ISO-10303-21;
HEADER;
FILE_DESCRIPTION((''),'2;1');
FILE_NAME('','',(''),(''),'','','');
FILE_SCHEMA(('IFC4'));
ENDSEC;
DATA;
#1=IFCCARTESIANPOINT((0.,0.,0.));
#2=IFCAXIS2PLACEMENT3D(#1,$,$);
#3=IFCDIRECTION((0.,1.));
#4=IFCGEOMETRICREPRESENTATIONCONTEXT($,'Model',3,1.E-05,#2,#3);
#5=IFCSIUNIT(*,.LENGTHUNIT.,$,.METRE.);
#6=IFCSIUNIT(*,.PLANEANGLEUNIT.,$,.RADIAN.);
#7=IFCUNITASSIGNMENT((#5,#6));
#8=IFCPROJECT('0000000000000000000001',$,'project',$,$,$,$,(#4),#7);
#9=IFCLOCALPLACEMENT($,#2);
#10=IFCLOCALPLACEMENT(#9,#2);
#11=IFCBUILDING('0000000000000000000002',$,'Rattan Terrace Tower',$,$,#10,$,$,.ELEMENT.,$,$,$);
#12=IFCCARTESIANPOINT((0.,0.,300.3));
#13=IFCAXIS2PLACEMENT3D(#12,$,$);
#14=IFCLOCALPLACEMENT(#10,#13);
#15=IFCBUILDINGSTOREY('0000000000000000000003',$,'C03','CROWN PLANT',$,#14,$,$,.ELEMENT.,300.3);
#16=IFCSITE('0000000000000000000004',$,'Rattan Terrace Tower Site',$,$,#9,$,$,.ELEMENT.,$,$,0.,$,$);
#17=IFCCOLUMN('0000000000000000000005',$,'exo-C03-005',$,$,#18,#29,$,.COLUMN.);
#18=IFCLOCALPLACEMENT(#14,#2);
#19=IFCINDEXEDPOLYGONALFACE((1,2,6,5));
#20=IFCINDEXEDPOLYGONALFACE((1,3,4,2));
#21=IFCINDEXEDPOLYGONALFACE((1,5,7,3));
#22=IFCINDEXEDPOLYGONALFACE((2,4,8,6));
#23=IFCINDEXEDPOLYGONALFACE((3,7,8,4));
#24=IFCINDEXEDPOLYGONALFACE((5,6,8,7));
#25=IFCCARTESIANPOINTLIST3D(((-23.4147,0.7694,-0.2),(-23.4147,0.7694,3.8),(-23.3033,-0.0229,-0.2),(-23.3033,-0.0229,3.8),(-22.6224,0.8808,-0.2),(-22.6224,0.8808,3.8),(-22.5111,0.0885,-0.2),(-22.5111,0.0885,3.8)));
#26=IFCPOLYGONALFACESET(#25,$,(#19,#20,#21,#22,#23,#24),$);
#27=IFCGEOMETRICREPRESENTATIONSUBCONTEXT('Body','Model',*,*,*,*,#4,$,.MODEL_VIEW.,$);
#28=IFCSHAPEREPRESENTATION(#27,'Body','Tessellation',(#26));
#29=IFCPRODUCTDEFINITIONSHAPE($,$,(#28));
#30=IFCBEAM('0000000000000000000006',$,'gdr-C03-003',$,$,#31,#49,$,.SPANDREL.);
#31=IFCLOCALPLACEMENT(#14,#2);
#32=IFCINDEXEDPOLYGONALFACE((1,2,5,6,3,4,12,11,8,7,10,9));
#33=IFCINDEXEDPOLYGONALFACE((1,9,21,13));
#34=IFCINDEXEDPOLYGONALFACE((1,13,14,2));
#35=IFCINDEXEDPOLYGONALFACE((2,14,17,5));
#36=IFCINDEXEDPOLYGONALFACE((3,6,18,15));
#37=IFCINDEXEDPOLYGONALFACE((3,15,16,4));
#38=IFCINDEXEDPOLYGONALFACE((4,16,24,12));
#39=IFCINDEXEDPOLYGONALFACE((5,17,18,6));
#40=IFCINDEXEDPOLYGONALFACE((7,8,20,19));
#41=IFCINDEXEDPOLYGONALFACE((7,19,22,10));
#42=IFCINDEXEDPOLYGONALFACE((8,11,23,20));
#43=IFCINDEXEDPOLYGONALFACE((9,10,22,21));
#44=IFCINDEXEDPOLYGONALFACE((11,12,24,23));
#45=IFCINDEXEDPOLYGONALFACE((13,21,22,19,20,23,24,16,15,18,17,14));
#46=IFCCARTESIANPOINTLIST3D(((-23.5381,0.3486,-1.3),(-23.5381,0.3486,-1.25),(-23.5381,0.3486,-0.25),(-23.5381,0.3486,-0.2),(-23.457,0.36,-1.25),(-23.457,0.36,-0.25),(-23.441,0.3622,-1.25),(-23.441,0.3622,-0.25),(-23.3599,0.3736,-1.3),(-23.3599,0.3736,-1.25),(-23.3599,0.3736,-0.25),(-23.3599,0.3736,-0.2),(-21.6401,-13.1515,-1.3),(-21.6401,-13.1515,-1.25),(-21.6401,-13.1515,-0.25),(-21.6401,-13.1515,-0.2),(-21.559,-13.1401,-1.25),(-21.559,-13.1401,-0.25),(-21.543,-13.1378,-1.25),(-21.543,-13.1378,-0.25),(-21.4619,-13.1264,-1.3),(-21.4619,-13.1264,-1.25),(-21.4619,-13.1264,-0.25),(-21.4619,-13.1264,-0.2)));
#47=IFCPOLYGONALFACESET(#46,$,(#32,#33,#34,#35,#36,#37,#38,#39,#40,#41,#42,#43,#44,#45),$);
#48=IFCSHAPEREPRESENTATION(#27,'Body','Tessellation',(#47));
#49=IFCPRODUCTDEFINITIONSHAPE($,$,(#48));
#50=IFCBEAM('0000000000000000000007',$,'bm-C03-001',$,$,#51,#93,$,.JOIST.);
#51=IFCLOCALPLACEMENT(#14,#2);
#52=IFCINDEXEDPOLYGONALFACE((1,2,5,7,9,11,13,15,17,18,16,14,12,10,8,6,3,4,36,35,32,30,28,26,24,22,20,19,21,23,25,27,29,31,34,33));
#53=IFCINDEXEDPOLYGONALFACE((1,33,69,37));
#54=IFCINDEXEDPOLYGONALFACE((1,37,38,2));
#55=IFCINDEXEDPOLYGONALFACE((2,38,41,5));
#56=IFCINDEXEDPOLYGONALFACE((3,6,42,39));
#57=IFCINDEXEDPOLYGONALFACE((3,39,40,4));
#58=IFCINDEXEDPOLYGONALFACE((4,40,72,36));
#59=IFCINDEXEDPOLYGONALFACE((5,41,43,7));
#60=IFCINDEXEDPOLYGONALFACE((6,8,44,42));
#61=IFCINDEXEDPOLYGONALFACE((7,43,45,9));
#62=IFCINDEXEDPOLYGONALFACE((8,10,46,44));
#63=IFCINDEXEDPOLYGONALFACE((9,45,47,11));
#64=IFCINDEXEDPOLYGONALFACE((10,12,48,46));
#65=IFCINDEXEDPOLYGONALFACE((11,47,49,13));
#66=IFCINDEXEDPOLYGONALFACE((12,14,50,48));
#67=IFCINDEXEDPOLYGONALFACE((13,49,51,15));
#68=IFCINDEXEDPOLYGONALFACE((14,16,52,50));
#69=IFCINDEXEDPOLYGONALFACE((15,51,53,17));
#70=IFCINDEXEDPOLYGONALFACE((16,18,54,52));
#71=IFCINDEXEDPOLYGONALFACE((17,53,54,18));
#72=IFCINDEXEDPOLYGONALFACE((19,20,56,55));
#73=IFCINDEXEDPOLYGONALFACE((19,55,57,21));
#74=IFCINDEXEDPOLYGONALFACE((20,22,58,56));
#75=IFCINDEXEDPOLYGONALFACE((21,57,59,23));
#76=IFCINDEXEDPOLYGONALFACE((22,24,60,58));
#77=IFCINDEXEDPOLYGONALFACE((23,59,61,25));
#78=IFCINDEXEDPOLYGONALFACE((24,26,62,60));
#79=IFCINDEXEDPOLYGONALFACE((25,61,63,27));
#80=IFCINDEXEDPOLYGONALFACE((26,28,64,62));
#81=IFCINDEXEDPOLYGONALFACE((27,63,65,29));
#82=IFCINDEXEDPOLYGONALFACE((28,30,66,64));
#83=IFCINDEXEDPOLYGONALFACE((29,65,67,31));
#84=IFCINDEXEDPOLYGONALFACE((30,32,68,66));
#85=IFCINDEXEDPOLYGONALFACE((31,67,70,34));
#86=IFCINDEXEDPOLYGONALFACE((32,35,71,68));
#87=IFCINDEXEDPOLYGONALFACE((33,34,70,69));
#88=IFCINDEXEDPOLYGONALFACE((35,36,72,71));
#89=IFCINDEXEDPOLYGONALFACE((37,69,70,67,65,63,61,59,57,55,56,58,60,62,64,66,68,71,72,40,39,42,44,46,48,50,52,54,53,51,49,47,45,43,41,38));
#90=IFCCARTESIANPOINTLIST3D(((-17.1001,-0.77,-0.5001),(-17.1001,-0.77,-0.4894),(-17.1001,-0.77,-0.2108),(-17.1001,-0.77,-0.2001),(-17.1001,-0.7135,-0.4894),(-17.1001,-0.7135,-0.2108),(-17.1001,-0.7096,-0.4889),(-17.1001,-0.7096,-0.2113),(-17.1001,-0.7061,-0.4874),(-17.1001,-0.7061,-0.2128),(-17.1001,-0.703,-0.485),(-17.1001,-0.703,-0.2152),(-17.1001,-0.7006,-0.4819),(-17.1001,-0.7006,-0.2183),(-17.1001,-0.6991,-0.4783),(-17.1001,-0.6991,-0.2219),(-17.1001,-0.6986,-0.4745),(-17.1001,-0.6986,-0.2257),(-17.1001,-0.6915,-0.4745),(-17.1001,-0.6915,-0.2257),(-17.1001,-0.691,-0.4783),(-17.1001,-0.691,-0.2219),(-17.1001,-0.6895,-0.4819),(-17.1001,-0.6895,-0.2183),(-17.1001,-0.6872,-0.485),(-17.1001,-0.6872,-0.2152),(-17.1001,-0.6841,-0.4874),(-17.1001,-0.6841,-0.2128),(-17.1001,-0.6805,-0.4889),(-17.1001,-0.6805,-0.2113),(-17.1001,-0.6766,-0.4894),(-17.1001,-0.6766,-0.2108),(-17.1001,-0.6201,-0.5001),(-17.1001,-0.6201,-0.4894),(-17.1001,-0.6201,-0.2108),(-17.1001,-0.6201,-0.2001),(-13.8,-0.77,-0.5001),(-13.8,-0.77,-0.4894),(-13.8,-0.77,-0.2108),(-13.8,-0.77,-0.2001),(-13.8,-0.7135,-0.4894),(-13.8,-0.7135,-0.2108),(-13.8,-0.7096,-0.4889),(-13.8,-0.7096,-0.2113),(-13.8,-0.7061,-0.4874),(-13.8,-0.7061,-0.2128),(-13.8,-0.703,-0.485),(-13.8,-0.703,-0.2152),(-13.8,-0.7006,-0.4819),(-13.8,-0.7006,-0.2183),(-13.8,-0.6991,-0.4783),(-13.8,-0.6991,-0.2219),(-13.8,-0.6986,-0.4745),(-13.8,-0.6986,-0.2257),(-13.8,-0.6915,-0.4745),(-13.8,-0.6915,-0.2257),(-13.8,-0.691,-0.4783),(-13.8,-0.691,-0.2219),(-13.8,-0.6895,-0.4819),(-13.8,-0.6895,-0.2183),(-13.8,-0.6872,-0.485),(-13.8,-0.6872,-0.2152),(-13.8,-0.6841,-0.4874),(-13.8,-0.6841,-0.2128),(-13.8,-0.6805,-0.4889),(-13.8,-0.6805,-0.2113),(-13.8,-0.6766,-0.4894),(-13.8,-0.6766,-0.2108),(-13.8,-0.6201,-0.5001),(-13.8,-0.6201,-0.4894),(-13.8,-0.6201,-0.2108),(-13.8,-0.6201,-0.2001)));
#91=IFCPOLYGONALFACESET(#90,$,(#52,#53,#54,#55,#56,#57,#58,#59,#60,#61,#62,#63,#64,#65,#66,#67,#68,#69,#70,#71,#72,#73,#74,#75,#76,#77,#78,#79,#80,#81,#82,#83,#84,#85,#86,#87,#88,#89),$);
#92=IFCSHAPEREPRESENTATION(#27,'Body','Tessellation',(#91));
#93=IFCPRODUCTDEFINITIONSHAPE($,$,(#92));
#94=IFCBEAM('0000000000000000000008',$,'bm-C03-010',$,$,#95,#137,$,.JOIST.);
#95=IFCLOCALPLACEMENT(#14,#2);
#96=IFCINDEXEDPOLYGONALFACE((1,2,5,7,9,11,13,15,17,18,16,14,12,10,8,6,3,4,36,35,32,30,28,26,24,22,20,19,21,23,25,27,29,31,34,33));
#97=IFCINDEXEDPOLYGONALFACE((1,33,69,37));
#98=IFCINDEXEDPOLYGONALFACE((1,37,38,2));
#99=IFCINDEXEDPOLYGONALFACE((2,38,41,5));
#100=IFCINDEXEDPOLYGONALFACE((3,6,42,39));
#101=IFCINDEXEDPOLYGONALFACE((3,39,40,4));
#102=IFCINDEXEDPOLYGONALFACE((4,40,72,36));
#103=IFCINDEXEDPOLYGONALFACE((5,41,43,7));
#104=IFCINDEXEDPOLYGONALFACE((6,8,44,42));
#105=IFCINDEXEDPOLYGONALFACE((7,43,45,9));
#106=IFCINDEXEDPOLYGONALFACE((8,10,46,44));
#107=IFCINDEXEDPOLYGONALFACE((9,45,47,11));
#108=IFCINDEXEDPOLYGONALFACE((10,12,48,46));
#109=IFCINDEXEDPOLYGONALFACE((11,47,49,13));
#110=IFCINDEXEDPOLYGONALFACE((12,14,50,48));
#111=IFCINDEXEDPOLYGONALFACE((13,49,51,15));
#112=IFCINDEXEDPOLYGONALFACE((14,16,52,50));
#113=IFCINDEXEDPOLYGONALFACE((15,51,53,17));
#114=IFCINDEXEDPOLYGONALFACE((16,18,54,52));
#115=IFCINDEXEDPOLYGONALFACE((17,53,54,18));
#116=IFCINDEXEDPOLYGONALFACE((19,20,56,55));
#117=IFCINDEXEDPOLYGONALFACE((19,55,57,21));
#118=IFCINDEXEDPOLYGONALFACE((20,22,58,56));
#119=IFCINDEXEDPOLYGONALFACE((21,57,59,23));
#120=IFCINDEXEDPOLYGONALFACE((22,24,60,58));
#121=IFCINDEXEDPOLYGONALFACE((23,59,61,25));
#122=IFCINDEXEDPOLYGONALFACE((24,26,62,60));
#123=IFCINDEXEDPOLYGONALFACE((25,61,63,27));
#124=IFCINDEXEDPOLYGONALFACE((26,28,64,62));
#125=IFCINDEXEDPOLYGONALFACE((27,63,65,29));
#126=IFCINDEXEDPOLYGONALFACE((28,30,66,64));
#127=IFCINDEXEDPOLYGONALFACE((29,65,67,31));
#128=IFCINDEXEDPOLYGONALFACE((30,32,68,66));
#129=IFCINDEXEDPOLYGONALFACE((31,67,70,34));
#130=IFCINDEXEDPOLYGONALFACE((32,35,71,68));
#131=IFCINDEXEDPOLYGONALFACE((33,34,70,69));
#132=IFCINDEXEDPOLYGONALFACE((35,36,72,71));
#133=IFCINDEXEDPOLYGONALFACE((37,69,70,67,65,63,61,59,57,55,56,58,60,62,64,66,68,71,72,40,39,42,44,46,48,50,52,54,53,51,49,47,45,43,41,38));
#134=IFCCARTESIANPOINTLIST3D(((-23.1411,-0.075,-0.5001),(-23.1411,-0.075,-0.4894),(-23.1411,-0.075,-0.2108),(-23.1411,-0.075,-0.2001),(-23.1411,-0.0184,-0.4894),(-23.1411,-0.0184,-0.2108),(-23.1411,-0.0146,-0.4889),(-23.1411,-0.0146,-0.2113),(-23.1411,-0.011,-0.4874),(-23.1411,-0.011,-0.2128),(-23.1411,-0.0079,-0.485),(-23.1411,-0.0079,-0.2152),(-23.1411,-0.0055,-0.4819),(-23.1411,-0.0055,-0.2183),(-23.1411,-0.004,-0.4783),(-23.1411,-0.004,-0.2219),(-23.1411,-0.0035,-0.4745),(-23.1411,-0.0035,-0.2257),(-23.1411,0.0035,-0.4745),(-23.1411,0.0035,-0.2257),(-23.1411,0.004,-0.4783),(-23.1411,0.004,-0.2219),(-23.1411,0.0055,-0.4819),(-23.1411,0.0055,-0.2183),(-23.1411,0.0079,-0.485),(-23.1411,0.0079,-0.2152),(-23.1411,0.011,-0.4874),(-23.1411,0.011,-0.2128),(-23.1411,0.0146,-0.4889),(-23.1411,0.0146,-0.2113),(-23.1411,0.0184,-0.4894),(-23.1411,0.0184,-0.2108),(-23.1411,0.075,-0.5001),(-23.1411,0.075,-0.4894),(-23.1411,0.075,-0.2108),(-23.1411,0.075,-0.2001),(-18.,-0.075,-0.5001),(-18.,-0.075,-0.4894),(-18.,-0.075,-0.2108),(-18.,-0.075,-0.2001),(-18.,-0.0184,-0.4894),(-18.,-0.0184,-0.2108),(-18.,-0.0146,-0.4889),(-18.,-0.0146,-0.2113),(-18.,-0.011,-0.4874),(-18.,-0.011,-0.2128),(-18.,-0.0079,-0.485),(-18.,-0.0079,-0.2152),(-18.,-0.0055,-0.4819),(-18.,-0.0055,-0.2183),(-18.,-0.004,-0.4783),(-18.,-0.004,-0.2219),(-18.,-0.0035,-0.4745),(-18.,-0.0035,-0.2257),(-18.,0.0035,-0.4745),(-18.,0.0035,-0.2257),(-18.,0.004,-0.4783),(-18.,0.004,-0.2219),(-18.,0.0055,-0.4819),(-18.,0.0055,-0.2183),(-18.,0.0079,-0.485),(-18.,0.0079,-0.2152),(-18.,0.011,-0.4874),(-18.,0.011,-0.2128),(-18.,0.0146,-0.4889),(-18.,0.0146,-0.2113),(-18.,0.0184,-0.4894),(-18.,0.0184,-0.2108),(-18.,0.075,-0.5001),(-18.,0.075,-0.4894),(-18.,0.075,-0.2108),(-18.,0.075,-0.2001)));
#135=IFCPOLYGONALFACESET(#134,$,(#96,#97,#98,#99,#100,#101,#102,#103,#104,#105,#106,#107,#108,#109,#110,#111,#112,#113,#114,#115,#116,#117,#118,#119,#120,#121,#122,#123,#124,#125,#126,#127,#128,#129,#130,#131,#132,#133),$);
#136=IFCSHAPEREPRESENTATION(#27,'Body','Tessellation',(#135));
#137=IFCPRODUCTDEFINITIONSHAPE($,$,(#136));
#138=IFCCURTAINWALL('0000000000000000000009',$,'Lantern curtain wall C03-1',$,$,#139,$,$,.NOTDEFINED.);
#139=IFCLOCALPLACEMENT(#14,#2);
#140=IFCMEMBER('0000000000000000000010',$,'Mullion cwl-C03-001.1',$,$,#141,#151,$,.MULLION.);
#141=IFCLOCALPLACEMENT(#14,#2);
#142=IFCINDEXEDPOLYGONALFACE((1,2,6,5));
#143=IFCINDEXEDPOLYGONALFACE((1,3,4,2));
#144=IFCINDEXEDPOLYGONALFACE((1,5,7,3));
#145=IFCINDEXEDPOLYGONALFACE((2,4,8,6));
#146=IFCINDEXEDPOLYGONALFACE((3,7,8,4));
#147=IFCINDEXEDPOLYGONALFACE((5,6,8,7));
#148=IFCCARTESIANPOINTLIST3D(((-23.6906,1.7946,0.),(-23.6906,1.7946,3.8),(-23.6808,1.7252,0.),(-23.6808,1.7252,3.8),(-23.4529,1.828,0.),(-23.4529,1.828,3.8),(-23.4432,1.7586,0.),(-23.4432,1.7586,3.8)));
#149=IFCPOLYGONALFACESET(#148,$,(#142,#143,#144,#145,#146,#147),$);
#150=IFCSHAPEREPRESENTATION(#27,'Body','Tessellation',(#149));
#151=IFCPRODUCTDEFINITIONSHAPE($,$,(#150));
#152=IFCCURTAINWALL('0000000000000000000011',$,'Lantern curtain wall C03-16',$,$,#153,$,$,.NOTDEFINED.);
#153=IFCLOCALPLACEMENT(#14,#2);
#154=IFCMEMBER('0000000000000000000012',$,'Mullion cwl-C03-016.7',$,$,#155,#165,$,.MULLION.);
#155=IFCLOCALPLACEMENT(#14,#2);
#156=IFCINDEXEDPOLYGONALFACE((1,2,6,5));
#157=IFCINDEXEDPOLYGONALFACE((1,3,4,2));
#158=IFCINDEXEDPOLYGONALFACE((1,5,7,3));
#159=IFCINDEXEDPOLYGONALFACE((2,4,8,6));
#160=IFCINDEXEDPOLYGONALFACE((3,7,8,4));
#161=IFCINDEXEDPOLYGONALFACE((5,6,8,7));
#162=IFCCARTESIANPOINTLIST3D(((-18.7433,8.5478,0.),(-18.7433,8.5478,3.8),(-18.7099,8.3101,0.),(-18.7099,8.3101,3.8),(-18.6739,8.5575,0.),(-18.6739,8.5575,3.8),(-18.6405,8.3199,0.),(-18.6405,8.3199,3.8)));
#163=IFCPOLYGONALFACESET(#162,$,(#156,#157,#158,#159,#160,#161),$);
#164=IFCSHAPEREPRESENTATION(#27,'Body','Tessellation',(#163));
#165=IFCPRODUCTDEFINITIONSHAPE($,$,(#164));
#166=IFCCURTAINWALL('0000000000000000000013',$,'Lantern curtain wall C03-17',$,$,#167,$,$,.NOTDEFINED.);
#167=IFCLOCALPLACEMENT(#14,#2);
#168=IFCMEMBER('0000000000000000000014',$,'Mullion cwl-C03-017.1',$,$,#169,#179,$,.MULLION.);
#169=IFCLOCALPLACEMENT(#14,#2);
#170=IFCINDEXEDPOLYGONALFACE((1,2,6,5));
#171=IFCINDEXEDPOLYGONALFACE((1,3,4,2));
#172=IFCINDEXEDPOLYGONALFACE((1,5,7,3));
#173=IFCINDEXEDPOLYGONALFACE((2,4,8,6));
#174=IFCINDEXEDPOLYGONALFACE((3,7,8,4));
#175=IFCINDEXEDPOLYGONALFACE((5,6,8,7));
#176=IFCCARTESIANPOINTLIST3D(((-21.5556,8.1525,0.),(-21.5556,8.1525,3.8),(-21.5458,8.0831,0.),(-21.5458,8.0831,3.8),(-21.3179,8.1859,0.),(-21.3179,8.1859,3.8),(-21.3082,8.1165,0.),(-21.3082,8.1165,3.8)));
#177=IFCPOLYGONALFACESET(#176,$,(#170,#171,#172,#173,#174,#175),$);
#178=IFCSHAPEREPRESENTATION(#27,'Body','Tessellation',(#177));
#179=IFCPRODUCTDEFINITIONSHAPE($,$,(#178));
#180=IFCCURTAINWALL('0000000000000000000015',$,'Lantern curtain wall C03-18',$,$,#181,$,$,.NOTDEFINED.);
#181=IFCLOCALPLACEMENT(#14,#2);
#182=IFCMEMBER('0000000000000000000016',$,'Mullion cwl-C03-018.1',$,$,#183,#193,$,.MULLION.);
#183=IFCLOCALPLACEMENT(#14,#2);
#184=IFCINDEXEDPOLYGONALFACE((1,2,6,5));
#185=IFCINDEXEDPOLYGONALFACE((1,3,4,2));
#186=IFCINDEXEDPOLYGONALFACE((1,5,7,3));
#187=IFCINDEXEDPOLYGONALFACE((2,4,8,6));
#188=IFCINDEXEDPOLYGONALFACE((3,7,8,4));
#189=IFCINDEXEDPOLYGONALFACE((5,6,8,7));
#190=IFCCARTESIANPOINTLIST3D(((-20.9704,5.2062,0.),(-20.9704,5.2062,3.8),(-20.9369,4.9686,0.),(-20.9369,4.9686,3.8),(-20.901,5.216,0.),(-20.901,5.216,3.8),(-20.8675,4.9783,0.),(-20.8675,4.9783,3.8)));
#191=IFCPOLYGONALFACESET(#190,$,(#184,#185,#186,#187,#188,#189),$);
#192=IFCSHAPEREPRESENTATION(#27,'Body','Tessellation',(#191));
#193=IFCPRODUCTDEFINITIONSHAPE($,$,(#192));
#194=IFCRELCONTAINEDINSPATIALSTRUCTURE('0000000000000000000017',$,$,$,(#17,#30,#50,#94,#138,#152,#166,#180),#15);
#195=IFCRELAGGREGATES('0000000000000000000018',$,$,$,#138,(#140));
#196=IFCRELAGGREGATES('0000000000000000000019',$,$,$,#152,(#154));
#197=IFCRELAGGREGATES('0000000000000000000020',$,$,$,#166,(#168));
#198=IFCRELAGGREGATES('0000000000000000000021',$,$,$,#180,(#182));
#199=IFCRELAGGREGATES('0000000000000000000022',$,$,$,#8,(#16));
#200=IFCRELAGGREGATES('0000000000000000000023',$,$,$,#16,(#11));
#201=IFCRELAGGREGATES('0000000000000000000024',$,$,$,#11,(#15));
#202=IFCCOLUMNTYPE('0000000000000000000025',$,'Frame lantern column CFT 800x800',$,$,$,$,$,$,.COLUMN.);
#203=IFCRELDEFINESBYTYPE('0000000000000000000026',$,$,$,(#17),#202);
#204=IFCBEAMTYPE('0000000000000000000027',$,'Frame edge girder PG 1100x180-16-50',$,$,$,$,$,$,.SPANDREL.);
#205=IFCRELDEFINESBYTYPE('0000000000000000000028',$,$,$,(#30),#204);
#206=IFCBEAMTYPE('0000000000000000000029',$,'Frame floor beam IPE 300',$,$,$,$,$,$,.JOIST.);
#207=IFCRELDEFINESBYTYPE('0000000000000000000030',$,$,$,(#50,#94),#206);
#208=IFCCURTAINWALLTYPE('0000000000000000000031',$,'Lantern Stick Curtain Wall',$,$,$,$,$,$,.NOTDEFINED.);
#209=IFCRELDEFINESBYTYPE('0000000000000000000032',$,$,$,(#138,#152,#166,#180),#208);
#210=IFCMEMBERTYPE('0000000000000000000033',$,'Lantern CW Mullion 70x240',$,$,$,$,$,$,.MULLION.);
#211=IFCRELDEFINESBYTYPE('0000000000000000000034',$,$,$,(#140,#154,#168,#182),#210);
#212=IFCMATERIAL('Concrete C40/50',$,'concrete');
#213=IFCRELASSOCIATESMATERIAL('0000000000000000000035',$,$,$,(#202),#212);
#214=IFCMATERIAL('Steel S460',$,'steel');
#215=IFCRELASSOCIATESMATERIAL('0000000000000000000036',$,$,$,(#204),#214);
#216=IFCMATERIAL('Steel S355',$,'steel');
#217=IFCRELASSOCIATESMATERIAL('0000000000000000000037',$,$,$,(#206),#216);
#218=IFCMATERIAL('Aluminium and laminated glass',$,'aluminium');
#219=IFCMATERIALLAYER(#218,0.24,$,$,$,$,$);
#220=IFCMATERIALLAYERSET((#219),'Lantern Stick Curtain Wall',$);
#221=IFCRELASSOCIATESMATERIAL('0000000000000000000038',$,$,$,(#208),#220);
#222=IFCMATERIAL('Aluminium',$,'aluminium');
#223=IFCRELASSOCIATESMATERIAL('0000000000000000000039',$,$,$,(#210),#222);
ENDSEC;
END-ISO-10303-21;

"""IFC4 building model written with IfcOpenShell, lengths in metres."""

from ifc_helpers import new_model, si_unit, direction, frame, origin, origin_2d, place, context, subcontext, project, spatial, rectangle, i_section, extrude, material, layer, layer_set, material_profile, profile_set, type_object, element, aggregate, save


model = new_model("IFC4")

# Units and contexts
model_context = context("Model", 3, precision=1e-05, world=origin(), true_north=direction((0.0, 1.0)))
body_context = subcontext(model_context, "Body", "Model", "MODEL_VIEW")
ifc_project = project(units=[si_unit("LENGTHUNIT", "METRE"), si_unit("PLANEANGLEUNIT", "RADIAN")], contexts=[model_context])

# Site, building, storey
site_placement = place(None, origin())
site = spatial("IfcSite", under=ifc_project, at=site_placement, Name="Rattan Terrace Tower Site", CompositionType="ELEMENT", RefElevation=0.0)
building_placement = place(site_placement, origin())
building = spatial("IfcBuilding", under=site, at=building_placement, Name="Rattan Terrace Tower", CompositionType="ELEMENT")
storey_placement = place(building_placement, frame((0.0, 0.0, 300.3)))
storey = spatial("IfcBuildingStorey", under=building, at=storey_placement, Name="C03", Description="CROWN PLANT", CompositionType="ELEMENT", Elevation=300.3)

# Column
ifc_material_1 = material(Name="Concrete C40/50", Category="concrete")
ifc_material_profile_1 = material_profile(ifc_material_1, rectangle(XDim=0.8, YDim=0.8, at=origin_2d()), Name="CFT 800x800")
ifc_profile_set_1 = profile_set([ifc_material_profile_1], Name="Concrete C40/50")
column_type = type_object("IfcColumnType", Name="Frame lantern column CFT 800x800", PredefinedType="COLUMN", material=ifc_profile_set_1)
column_placement = place(storey_placement, frame((-22.9629, 0.429, -0.2), z_axis=(0.0, 0.0, 1.0), x_axis=(-0.13919, 0.990266, 0.0)))
element("IfcColumn", 1, at=column_placement, inside=storey, type_object=column_type, Name="exo-C03-005", PredefinedType="COLUMN", context=body_context, shape_type="SweptSolid", body=[
    extrude(rectangle(XDim=0.8, YDim=0.8, at=origin_2d()), origin(), (0.0, 0.0, 1.0), 4.0),
])

# Beams
ifc_material_2 = material(Name="Steel S460", Category="steel")
ifc_material_profile_2 = material_profile(ifc_material_2, i_section(OverallWidth=0.1799, OverallDepth=1.1001, WebThickness=0.0161, FlangeThickness=0.05, at=origin_2d()), Name="PG 1100x180-16-50")
ifc_profile_set_2 = profile_set([ifc_material_profile_2], Name="Steel S460")
beam_type_1 = type_object("IfcBeamType", Name="Frame edge girder PG 1100x180-16-50", PredefinedType="SPANDREL", material=ifc_profile_set_2)
beam_1_placement = place(storey_placement, frame((-23.449, 0.3611, -0.75), z_axis=(0.13922, -0.990262, 0.0), x_axis=(0.990262, 0.13922, 0.0)))
element("IfcBeam", 2, at=beam_1_placement, inside=storey, type_object=beam_type_1, Name="gdr-C03-003", PredefinedType="SPANDREL", context=body_context, shape_type="SweptSolid", body=[
    extrude(i_section(OverallWidth=0.1799, OverallDepth=1.1001, WebThickness=0.0161, FlangeThickness=0.05, at=origin_2d()), origin(), (0.0, 0.0, 1.0), 13.6328),
])
ifc_material_3 = material(Name="Steel S355", Category="steel")
ifc_material_profile_3 = material_profile(ifc_material_3, i_section(OverallWidth=0.1499, OverallDepth=0.3, WebThickness=0.0071, FlangeThickness=0.0107, FilletRadius=0.0149, at=origin_2d()), Name="IPE 300")
ifc_profile_set_3 = profile_set([ifc_material_profile_3], Name="Steel S355")
beam_type_2 = type_object("IfcBeamType", Name="Frame floor beam IPE 300", PredefinedType="JOIST", material=ifc_profile_set_3)
beam_2_placement = place(storey_placement, frame((-17.1001, -0.6951, -0.3501), z_axis=(1.0, 0.0, 0.0), x_axis=(0.0, 1.0, 0.0)))
element("IfcBeam", 3, at=beam_2_placement, inside=storey, type_object=beam_type_2, Name="bm-C03-001", PredefinedType="JOIST", context=body_context, shape_type="SweptSolid", body=[
    extrude(i_section(OverallWidth=0.1499, OverallDepth=0.3, WebThickness=0.0071, FlangeThickness=0.0107, FilletRadius=0.0149, at=origin_2d()), origin(), (0.0, 0.0, 1.0), 3.3),
])
beam_3_placement = place(storey_placement, frame((-23.1411, 0.0, -0.3501), z_axis=(1.0, 0.0, 0.0), x_axis=(0.0, 1.0, 0.0)))
element("IfcBeam", 4, at=beam_3_placement, inside=storey, type_object=beam_type_2, Name="bm-C03-010", PredefinedType="JOIST", context=body_context, shape_type="SweptSolid", body=[
    extrude(i_section(OverallWidth=0.1499, OverallDepth=0.3, WebThickness=0.0071, FlangeThickness=0.0107, FilletRadius=0.0149, at=origin_2d()), origin(), (0.0, 0.0, 1.0), 5.1411),
])

# Curtain walls, members
ifc_material_4 = material(Name="Aluminium and laminated glass", Category="aluminium")
ifc_layer_1 = layer(ifc_material_4, 0.24)
ifc_layer_set_1 = layer_set([ifc_layer_1], Name="Lantern Stick Curtain Wall")
curtain_wall_type = type_object("IfcCurtainWallType", Name="Lantern Stick Curtain Wall", PredefinedType="NOTDEFINED", material=ifc_layer_set_1)
curtain_wall_1_placement = place(storey_placement, origin())
curtain_wall_1 = element("IfcCurtainWall", 5, at=curtain_wall_1_placement, inside=storey, type_object=curtain_wall_type, Name="Lantern curtain wall C03-1", PredefinedType="NOTDEFINED")
ifc_material_5 = material(Name="Aluminium", Category="aluminium")
ifc_material_profile_4 = material_profile(ifc_material_5, rectangle(XDim=0.0701, YDim=0.24, at=origin_2d()), Name="Aluminium 70x240")
ifc_profile_set_4 = profile_set([ifc_material_profile_4], Name="Aluminium")
member_type_1 = type_object("IfcMemberType", Name="Lantern CW Mullion 70x240", PredefinedType="MULLION", material=ifc_profile_set_4)
member_1_placement = place(storey_placement, frame((-23.5669, 1.7766, 0.0), z_axis=(0.0, 0.0, 1.0), x_axis=(0.139188, -0.990266, 0.0)))
member_1 = element("IfcMember", 6, at=member_1_placement, type_object=member_type_1, Name="Mullion cwl-C03-001.1", PredefinedType="MULLION", context=body_context, shape_type="SweptSolid", body=[
    extrude(rectangle(XDim=0.0701, YDim=0.24, at=origin_2d()), origin(), (0.0, 0.0, 1.0), 3.8),
])
curtain_wall_2_placement = place(storey_placement, origin())
curtain_wall_2 = element("IfcCurtainWall", 7, at=curtain_wall_2_placement, inside=storey, type_object=curtain_wall_type, Name="Lantern curtain wall C03-16", PredefinedType="NOTDEFINED")
member_2_placement = place(storey_placement, frame((-18.6919, 8.4338, 0.0), z_axis=(0.0, 0.0, 1.0), x_axis=(-0.990267, -0.139181, 0.0)))
member_2 = element("IfcMember", 8, at=member_2_placement, type_object=member_type_1, Name="Mullion cwl-C03-016.7", PredefinedType="MULLION", context=body_context, shape_type="SweptSolid", body=[
    extrude(rectangle(XDim=0.0701, YDim=0.24, at=origin_2d()), origin(), (0.0, 0.0, 1.0), 3.8),
])
curtain_wall_3_placement = place(storey_placement, origin())
curtain_wall_3 = element("IfcCurtainWall", 9, at=curtain_wall_3_placement, inside=storey, type_object=curtain_wall_type, Name="Lantern curtain wall C03-17", PredefinedType="NOTDEFINED")
member_3_placement = place(storey_placement, frame((-21.4319, 8.1345, 0.0), z_axis=(0.0, 0.0, 1.0), x_axis=(0.13904, -0.990287, 0.0)))
member_3 = element("IfcMember", 10, at=member_3_placement, type_object=member_type_1, Name="Mullion cwl-C03-017.1", PredefinedType="MULLION", context=body_context, shape_type="SweptSolid", body=[
    extrude(rectangle(XDim=0.0701, YDim=0.24, at=origin_2d()), origin(), (0.0, 0.0, 1.0), 3.8),
])
curtain_wall_4_placement = place(storey_placement, origin())
curtain_wall_4 = element("IfcCurtainWall", 11, at=curtain_wall_4_placement, inside=storey, type_object=curtain_wall_type, Name="Lantern curtain wall C03-18", PredefinedType="NOTDEFINED")
member_4_placement = place(storey_placement, frame((-20.9189, 5.0923, 0.0), z_axis=(0.0, 0.0, 1.0), x_axis=(-0.990228, -0.139459, 0.0)))
member_4 = element("IfcMember", 12, at=member_4_placement, type_object=member_type_1, Name="Mullion cwl-C03-018.1", PredefinedType="MULLION", context=body_context, shape_type="SweptSolid", body=[
    extrude(rectangle(XDim=0.0701, YDim=0.24, at=origin_2d()), origin(), (0.0, 0.0, 1.0), 3.8),
])

aggregate(curtain_wall_1, [member_1])
aggregate(curtain_wall_2, [member_2])
aggregate(curtain_wall_3, [member_3])
aggregate(curtain_wall_4, [member_4])

save(model, "model.ifc")
